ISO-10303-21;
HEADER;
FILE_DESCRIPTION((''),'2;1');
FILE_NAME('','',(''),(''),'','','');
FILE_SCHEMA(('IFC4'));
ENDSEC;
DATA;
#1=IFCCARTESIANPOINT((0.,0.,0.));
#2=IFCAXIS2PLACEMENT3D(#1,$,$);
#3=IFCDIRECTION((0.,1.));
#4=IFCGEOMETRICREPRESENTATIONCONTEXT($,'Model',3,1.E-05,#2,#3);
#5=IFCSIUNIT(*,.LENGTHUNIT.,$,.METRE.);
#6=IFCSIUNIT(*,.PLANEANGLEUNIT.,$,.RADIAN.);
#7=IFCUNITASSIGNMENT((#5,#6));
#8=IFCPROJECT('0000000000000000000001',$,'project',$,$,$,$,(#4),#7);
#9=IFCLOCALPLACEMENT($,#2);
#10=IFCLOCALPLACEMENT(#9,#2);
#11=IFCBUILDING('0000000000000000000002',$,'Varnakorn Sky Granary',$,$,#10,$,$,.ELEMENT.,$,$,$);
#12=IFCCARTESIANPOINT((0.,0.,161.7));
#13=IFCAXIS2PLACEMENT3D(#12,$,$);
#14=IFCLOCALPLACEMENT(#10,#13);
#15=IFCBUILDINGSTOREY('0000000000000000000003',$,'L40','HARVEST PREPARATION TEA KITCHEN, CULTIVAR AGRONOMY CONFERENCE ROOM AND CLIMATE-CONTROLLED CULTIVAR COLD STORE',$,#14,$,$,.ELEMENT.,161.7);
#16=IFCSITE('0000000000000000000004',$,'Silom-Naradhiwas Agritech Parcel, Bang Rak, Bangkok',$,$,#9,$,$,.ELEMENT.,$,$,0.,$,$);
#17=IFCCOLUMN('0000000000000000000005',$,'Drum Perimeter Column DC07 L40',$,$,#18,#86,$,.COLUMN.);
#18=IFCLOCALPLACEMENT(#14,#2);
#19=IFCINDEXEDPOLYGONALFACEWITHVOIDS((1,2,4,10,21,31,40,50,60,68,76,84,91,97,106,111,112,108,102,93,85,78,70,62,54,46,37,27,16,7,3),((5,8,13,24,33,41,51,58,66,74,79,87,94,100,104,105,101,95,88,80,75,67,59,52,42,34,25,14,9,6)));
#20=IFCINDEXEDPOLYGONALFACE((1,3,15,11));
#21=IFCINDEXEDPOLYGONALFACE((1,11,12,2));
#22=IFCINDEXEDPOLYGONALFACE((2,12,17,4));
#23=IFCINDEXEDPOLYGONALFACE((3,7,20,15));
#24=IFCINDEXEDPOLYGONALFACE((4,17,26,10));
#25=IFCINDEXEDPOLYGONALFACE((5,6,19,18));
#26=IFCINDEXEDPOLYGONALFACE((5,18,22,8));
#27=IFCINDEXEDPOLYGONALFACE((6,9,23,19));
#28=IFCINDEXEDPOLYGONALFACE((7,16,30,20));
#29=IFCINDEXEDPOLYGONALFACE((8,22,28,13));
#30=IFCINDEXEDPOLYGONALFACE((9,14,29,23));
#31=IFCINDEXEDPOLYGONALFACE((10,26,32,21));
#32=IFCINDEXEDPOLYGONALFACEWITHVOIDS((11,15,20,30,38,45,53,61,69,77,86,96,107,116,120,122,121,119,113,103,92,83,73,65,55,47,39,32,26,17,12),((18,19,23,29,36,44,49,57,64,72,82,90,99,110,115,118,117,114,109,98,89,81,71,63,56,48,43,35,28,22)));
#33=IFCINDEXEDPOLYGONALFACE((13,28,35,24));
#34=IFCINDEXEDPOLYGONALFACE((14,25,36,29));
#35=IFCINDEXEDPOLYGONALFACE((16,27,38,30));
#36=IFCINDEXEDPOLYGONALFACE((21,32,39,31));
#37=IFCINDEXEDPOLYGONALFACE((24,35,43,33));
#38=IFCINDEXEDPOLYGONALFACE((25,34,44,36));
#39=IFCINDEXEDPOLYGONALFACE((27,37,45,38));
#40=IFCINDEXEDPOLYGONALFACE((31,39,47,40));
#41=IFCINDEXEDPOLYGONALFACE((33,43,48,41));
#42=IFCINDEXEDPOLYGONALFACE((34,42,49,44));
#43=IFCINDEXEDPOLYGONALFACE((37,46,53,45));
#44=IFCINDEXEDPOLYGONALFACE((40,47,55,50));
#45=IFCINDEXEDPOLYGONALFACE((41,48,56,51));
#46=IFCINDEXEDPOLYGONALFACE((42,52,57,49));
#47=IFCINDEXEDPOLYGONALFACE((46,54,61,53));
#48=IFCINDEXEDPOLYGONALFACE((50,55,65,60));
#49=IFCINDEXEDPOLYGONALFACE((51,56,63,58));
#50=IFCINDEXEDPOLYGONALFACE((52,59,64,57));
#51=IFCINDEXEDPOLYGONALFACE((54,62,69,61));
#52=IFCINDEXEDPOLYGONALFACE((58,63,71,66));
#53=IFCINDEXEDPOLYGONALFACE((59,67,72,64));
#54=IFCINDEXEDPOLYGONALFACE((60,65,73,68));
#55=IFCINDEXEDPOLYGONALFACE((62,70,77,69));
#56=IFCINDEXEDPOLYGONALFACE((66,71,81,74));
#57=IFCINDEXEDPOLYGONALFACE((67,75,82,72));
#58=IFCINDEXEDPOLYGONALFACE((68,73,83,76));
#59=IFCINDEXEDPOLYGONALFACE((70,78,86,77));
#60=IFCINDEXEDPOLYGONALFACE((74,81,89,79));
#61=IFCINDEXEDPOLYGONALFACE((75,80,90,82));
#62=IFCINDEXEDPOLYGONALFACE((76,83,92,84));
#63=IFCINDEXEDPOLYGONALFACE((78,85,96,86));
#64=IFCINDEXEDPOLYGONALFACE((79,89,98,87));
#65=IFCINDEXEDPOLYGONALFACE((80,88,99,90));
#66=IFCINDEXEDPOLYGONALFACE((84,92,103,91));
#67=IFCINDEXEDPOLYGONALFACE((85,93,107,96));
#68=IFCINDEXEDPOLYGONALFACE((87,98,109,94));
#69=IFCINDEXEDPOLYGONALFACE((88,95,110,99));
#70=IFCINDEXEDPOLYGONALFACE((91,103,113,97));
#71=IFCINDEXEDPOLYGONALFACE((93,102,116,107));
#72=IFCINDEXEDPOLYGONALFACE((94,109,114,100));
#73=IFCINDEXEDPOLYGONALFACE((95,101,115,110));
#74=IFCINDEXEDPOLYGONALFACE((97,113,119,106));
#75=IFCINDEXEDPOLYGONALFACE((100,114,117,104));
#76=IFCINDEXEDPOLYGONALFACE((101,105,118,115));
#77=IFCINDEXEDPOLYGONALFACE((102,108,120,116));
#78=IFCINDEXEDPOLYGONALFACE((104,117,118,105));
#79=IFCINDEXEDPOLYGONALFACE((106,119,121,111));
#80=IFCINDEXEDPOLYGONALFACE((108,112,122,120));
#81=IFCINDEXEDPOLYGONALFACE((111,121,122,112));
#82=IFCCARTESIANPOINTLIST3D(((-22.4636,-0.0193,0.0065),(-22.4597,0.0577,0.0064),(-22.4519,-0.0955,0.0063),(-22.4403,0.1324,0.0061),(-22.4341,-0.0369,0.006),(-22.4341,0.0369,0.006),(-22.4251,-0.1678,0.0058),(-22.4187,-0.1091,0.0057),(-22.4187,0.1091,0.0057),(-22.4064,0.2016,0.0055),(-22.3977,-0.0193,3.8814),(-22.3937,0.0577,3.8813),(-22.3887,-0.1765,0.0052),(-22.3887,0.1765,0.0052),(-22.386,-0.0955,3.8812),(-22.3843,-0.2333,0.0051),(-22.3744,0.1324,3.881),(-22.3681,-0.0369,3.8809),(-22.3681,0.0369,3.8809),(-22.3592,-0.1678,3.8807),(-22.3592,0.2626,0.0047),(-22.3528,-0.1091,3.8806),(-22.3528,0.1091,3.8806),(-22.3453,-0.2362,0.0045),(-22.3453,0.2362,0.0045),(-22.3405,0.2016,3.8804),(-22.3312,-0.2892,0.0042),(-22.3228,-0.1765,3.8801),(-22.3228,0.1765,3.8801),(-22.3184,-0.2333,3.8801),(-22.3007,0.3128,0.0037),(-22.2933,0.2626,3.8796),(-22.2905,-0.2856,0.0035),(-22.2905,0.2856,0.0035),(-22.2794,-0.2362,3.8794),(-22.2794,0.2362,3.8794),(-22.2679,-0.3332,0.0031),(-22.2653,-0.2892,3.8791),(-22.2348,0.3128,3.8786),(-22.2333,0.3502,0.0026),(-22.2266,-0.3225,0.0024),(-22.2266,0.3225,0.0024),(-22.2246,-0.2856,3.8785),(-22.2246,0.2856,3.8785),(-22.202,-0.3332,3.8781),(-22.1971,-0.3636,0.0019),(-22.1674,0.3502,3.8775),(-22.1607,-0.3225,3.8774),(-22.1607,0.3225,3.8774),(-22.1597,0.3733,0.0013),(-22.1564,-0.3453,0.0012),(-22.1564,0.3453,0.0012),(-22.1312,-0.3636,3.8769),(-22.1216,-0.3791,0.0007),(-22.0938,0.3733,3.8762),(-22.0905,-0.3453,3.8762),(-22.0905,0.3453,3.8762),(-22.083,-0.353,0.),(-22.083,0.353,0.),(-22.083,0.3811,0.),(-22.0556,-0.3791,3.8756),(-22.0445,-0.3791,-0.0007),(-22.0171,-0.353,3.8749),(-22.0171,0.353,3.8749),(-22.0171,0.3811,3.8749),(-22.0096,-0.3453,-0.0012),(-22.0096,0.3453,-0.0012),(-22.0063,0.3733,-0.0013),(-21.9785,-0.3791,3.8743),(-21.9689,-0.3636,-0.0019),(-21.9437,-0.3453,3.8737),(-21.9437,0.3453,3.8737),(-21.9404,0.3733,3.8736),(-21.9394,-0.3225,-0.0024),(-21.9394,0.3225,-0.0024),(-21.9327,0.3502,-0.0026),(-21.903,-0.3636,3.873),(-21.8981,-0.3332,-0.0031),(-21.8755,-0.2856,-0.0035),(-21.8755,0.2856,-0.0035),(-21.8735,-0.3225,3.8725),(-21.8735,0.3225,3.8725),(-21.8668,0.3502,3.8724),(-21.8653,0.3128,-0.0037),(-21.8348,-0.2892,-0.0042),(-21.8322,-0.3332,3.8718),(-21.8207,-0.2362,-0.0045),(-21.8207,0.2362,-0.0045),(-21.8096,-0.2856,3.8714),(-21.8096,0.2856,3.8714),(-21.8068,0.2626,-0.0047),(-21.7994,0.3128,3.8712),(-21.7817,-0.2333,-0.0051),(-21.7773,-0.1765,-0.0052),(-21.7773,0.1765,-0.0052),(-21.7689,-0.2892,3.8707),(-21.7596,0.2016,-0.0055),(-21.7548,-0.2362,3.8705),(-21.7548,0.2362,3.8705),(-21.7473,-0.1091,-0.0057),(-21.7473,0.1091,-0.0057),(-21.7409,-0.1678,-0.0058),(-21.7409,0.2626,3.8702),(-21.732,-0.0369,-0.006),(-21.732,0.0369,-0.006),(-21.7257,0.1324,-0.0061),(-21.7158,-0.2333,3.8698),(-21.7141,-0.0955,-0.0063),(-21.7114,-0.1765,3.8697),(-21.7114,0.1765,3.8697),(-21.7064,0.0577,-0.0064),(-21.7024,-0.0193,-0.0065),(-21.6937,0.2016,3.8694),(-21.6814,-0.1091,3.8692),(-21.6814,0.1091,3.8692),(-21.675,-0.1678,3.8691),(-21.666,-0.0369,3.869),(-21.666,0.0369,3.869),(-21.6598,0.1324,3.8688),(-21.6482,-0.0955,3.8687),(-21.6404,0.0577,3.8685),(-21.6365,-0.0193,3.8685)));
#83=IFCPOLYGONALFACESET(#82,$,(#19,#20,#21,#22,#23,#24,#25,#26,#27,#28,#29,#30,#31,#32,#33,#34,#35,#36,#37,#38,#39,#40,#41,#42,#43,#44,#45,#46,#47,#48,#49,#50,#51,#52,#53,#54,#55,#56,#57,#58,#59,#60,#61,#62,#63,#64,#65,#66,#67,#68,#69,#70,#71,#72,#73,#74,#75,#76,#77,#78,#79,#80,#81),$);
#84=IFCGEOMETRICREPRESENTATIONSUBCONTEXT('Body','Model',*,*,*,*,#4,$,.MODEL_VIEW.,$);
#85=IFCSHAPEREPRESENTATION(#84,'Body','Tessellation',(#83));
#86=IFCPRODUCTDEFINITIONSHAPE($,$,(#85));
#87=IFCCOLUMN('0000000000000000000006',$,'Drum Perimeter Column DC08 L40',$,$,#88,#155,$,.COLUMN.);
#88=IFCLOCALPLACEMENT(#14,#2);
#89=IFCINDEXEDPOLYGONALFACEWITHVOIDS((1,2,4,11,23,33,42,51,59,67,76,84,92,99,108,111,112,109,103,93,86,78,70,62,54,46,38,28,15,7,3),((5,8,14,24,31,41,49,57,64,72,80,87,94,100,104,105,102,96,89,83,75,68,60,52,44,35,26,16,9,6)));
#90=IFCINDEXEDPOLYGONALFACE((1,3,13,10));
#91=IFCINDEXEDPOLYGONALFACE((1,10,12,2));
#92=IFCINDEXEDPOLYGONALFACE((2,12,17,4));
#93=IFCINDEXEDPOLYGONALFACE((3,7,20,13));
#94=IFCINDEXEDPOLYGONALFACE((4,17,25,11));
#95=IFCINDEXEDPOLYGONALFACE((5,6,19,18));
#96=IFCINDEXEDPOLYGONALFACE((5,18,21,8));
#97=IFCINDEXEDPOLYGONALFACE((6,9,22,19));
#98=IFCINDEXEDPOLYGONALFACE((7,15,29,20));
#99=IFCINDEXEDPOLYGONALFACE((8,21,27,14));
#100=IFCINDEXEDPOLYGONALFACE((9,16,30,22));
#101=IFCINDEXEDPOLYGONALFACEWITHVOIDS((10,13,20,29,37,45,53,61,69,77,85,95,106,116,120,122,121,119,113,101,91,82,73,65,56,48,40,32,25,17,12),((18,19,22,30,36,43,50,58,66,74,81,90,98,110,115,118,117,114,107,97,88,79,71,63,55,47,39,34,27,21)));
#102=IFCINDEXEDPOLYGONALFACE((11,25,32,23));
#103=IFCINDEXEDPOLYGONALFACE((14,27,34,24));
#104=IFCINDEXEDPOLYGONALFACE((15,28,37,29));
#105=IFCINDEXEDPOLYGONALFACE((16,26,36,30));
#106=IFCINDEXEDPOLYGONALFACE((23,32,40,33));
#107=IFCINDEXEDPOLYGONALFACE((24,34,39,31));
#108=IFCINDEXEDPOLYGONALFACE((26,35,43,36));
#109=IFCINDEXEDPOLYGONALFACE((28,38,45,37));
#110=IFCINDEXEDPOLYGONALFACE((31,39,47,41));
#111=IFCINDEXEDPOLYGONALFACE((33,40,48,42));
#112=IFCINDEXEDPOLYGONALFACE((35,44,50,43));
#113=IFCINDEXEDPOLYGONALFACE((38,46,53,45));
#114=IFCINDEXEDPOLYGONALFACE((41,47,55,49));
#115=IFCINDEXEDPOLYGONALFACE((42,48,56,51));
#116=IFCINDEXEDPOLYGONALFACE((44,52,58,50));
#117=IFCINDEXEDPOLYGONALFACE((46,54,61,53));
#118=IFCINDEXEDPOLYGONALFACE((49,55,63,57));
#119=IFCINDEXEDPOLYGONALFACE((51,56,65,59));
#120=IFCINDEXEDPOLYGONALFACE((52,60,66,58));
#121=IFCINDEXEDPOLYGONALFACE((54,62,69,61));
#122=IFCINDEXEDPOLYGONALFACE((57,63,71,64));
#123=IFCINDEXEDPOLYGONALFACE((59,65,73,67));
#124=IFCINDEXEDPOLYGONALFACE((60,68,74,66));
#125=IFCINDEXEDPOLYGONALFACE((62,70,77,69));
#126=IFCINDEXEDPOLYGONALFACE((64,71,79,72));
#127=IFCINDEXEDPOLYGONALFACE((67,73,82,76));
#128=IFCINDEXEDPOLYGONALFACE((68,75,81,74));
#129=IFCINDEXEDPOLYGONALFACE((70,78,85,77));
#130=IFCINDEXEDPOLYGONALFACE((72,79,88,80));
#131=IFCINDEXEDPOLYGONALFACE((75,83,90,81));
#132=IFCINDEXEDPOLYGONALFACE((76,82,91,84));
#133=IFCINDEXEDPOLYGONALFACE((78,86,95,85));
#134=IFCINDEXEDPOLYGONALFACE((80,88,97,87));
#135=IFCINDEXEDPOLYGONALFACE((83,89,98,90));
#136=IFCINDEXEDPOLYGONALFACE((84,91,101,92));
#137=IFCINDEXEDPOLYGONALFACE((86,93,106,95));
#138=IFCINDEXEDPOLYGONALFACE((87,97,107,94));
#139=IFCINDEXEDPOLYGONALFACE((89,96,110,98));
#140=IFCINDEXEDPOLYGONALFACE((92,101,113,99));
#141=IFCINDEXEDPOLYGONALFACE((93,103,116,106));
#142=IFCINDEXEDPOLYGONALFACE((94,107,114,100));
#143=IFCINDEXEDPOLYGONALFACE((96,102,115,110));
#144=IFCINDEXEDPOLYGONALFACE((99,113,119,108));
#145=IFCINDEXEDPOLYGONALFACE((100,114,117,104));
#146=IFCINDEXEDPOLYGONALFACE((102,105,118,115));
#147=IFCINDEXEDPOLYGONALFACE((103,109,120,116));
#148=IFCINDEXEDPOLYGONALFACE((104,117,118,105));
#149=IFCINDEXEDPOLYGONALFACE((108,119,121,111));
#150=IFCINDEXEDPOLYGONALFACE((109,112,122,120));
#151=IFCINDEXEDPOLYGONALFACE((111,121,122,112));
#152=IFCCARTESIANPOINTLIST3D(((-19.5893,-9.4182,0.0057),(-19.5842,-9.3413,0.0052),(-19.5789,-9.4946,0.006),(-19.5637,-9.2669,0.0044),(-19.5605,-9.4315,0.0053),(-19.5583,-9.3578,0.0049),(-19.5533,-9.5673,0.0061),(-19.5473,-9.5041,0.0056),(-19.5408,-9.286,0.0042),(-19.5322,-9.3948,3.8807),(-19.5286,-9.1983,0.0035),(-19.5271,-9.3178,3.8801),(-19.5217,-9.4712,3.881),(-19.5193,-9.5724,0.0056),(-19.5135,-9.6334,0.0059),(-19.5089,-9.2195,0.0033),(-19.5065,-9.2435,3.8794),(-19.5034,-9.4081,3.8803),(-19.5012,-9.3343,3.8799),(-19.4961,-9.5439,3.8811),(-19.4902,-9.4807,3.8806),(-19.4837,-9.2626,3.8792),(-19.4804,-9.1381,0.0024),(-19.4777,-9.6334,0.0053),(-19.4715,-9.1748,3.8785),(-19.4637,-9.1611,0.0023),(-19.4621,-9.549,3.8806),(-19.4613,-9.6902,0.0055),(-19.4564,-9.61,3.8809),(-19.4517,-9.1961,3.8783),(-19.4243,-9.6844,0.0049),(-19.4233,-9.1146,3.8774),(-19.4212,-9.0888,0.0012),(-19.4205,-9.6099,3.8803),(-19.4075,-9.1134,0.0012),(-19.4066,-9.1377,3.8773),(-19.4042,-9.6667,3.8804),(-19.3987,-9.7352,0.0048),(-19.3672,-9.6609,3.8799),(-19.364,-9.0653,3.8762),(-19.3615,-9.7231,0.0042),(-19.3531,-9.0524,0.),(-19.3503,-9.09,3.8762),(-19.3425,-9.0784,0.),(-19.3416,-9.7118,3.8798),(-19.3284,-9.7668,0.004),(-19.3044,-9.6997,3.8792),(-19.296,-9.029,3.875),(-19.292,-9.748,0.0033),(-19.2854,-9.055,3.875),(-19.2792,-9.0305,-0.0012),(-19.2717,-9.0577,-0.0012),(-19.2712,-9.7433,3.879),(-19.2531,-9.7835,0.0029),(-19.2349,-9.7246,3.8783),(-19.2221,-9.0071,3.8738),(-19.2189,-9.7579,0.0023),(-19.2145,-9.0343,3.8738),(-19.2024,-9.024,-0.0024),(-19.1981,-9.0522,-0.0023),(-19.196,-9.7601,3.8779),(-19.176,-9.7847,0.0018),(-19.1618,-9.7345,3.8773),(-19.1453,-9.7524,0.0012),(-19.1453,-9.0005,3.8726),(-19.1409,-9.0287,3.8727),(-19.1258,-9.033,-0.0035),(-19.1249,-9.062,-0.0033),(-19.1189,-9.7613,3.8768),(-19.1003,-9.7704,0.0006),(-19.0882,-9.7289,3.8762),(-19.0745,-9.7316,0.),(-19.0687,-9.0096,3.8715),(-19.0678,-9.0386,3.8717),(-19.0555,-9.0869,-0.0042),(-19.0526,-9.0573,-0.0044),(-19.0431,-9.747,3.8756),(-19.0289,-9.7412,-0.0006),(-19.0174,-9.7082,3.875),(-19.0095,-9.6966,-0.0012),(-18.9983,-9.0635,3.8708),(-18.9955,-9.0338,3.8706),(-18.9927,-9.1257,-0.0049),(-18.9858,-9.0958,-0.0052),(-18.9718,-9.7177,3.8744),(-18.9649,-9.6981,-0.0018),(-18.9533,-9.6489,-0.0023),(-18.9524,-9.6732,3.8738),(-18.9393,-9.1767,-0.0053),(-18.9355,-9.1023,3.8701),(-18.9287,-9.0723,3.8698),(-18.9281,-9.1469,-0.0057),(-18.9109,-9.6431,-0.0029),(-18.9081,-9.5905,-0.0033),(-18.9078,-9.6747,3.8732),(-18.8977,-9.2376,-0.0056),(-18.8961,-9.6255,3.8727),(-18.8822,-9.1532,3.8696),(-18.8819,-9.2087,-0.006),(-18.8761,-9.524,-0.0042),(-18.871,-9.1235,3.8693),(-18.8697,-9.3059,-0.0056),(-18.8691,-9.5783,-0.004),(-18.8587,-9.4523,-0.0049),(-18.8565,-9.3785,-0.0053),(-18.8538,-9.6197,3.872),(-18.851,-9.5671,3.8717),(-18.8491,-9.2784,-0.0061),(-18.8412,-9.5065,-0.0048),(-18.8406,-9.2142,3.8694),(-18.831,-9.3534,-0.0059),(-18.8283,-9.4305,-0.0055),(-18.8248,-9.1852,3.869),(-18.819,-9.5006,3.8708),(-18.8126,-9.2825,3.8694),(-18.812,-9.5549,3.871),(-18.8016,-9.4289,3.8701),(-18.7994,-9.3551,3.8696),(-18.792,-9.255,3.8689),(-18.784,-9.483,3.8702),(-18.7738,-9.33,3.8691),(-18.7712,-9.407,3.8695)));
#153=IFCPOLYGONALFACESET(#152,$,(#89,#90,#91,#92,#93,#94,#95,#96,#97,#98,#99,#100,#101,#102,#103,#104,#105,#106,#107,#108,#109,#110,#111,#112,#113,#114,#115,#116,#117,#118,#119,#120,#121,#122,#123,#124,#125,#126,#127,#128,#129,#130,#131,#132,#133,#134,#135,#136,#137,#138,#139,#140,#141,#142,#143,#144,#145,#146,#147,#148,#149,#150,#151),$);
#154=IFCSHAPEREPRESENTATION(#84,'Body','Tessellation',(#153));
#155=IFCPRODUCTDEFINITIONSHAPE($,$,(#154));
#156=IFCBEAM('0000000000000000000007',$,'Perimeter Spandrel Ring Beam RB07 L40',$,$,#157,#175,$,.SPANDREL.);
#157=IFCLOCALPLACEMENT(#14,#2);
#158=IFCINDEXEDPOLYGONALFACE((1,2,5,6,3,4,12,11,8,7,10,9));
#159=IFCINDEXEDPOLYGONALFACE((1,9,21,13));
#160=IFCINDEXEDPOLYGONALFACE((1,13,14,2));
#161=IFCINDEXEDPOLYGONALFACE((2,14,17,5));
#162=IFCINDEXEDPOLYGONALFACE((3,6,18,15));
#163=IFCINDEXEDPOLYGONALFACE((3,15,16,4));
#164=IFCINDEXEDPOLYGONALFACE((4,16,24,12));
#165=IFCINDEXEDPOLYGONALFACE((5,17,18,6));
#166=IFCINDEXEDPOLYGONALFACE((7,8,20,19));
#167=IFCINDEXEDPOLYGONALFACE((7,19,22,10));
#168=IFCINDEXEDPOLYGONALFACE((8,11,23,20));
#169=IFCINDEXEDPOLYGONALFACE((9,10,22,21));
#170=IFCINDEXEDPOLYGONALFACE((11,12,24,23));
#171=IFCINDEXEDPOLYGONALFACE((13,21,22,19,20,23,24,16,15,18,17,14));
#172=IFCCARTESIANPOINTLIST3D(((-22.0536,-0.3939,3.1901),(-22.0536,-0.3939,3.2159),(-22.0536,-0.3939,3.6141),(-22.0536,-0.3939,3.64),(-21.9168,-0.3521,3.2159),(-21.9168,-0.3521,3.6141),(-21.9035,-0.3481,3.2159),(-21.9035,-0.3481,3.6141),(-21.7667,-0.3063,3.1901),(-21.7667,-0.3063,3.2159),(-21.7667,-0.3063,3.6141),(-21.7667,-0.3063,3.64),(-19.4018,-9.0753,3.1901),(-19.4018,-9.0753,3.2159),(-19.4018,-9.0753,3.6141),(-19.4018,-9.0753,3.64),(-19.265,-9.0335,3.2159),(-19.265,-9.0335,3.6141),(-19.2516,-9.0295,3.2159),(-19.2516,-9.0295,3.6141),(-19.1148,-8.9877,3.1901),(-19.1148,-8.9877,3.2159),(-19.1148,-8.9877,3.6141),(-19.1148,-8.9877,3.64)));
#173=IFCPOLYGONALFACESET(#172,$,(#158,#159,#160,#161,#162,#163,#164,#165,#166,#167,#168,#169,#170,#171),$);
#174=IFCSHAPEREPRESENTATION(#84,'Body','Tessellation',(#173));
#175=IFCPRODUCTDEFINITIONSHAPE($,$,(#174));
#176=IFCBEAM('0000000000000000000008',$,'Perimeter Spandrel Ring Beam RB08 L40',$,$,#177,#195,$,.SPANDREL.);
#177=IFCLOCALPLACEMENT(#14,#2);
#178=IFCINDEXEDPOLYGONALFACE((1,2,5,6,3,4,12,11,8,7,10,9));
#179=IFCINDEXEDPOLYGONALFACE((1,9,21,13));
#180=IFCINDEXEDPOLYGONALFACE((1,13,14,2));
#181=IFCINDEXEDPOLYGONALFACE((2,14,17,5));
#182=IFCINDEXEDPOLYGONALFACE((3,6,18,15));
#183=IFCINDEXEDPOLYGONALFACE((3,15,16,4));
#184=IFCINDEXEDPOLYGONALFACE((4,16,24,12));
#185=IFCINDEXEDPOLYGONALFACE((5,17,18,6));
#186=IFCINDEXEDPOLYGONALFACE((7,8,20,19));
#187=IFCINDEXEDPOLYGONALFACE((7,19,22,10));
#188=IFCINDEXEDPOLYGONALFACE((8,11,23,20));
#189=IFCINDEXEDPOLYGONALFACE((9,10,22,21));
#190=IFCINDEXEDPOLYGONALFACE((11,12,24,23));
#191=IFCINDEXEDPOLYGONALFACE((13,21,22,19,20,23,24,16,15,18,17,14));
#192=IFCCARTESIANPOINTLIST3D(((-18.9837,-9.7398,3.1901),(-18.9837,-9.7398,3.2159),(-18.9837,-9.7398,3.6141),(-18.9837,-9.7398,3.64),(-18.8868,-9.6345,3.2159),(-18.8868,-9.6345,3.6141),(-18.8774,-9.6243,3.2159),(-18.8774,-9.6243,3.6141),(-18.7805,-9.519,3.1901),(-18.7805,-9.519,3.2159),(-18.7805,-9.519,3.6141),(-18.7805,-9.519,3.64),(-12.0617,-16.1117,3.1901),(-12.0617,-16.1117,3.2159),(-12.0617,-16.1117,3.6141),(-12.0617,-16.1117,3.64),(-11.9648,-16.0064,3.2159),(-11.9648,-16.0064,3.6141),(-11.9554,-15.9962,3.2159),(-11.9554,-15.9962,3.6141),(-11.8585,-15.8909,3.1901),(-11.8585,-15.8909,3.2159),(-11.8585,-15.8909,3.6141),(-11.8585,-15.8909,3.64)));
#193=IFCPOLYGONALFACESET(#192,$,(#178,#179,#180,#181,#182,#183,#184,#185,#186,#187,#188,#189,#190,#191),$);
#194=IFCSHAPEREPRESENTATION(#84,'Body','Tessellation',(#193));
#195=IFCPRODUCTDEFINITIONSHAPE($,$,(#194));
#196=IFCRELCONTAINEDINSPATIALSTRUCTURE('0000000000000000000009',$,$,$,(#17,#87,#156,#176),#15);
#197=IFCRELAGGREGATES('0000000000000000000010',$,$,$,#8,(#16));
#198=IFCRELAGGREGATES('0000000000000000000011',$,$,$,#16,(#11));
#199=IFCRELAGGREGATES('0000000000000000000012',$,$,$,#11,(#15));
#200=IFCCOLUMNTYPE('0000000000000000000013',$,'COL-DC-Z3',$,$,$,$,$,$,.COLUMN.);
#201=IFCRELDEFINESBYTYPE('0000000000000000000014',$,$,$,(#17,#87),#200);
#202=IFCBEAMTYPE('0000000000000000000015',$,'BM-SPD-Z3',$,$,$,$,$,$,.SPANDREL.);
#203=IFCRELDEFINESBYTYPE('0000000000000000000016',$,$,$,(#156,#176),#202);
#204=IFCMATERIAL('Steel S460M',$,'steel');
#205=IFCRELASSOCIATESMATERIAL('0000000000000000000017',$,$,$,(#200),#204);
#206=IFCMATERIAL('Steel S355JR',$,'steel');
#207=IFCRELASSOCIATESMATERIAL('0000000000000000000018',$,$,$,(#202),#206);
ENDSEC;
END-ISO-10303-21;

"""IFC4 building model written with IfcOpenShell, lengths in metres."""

from ifc_helpers import new_model, si_unit, direction, frame, origin, origin_2d, place, context, subcontext, project, spatial, hollow_circle, i_section, extrude, material, material_profile, profile_set, type_object, element, save


model = new_model("IFC4")

# Units and contexts
model_context = context("Model", 3, precision=1e-05, world=origin(), true_north=direction((0.0, 1.0)))
body_context = subcontext(model_context, "Body", "Model", "MODEL_VIEW")
ifc_project = project(units=[si_unit("LENGTHUNIT", "METRE"), si_unit("PLANEANGLEUNIT", "RADIAN")], contexts=[model_context])

# Site, building, storey
site_placement = place(None, origin())
site = spatial("IfcSite", under=ifc_project, at=site_placement, Name="Silom-Naradhiwas Agritech Parcel, Bang Rak, Bangkok", CompositionType="ELEMENT", RefElevation=0.0)
building_placement = place(site_placement, origin())
building = spatial("IfcBuilding", under=site, at=building_placement, Name="Varnakorn Sky Granary", CompositionType="ELEMENT")
storey_placement = place(building_placement, frame((0.0, 0.0, 161.7)))
storey = spatial("IfcBuildingStorey", under=building, at=storey_placement, Name="L40", Description="HARVEST PREPARATION TEA KITCHEN, CULTIVAR AGRONOMY CONFERENCE ROOM AND CLIMATE-CONTROLLED CULTIVAR COLD STORE", CompositionType="ELEMENT", Elevation=161.7)

# Columns
ifc_material_1 = material(Name="Steel S460M", Category="steel")
ifc_material_profile_1 = material_profile(ifc_material_1, hollow_circle(Radius=0.3811, WallThickness=0.0281, at=origin_2d()), Name="CHS 762x28")
ifc_profile_set_1 = profile_set([ifc_material_profile_1], Name="Steel S460M")
column_type = type_object("IfcColumnType", Name="COL-DC-Z3", PredefinedType="COLUMN", material=ifc_profile_set_1)
for number, where, z_axis, x_axis, name in (
    (1, (-22.083, 0.0, 0.0), (0.017009, 0.0, 0.999855), (0.0, 1.0, 0.0), "Drum Perimeter Column DC07 L40"),
    (2, (-19.2085, -9.405, 0.0), (0.014741, 0.006048, 0.999873), (-0.379556, 0.925169, 0.0), "Drum Perimeter Column DC08 L40"),
):
    element("IfcColumn", number, at=place(storey_placement, frame(where, z_axis=z_axis, x_axis=x_axis)), inside=storey, type_object=column_type, Name=name, PredefinedType="COLUMN", context=body_context, shape_type="SweptSolid", body=[
        extrude(hollow_circle(Radius=0.3811, WallThickness=0.0281, at=origin_2d()), origin(), (0.0, 0.0, 1.0), 3.8755),
    ])

# Beams
ifc_material_2 = material(Name="Steel S355JR", Category="steel")
ifc_material_profile_2 = material_profile(ifc_material_2, i_section(OverallWidth=0.3, OverallDepth=0.45, WebThickness=0.0139, FlangeThickness=0.0259, at=origin_2d()), Name="HE 450 B")
ifc_profile_set_2 = profile_set([ifc_material_profile_2], Name="Steel S355JR")
beam_type = type_object("IfcBeamType", Name="BM-SPD-Z3", PredefinedType="SPANDREL", material=ifc_profile_set_2)
beam_1_placement = place(storey_placement, frame((-21.9102, -0.3501, 3.415), z_axis=(0.292139, -0.956376, 0.0), x_axis=(0.956376, 0.292139, 0.0)))
element("IfcBeam", 3, at=beam_1_placement, inside=storey, type_object=beam_type, Name="Perimeter Spandrel Ring Beam RB07 L40", PredefinedType="SPANDREL", context=body_context, shape_type="SweptSolid", body=[
    extrude(i_section(OverallWidth=0.3, OverallDepth=0.45, WebThickness=0.0139, FlangeThickness=0.0259, at=origin_2d()), origin(), (0.0, 0.0, 1.0), 9.0774),
])
beam_2_placement = place(storey_placement, frame((-18.8821, -9.6294, 3.415), z_axis=(0.735735, -0.67727, 0.0), x_axis=(0.67727, 0.735735, 0.0)))
element("IfcBeam", 4, at=beam_2_placement, inside=storey, type_object=beam_type, Name="Perimeter Spandrel Ring Beam RB08 L40", PredefinedType="SPANDREL", context=body_context, shape_type="SweptSolid", body=[
    extrude(i_section(OverallWidth=0.3, OverallDepth=0.45, WebThickness=0.0139, FlangeThickness=0.0259, at=origin_2d()), origin(), (0.0, 0.0, 1.0), 9.4082),
])

save(model, "model.ifc")
